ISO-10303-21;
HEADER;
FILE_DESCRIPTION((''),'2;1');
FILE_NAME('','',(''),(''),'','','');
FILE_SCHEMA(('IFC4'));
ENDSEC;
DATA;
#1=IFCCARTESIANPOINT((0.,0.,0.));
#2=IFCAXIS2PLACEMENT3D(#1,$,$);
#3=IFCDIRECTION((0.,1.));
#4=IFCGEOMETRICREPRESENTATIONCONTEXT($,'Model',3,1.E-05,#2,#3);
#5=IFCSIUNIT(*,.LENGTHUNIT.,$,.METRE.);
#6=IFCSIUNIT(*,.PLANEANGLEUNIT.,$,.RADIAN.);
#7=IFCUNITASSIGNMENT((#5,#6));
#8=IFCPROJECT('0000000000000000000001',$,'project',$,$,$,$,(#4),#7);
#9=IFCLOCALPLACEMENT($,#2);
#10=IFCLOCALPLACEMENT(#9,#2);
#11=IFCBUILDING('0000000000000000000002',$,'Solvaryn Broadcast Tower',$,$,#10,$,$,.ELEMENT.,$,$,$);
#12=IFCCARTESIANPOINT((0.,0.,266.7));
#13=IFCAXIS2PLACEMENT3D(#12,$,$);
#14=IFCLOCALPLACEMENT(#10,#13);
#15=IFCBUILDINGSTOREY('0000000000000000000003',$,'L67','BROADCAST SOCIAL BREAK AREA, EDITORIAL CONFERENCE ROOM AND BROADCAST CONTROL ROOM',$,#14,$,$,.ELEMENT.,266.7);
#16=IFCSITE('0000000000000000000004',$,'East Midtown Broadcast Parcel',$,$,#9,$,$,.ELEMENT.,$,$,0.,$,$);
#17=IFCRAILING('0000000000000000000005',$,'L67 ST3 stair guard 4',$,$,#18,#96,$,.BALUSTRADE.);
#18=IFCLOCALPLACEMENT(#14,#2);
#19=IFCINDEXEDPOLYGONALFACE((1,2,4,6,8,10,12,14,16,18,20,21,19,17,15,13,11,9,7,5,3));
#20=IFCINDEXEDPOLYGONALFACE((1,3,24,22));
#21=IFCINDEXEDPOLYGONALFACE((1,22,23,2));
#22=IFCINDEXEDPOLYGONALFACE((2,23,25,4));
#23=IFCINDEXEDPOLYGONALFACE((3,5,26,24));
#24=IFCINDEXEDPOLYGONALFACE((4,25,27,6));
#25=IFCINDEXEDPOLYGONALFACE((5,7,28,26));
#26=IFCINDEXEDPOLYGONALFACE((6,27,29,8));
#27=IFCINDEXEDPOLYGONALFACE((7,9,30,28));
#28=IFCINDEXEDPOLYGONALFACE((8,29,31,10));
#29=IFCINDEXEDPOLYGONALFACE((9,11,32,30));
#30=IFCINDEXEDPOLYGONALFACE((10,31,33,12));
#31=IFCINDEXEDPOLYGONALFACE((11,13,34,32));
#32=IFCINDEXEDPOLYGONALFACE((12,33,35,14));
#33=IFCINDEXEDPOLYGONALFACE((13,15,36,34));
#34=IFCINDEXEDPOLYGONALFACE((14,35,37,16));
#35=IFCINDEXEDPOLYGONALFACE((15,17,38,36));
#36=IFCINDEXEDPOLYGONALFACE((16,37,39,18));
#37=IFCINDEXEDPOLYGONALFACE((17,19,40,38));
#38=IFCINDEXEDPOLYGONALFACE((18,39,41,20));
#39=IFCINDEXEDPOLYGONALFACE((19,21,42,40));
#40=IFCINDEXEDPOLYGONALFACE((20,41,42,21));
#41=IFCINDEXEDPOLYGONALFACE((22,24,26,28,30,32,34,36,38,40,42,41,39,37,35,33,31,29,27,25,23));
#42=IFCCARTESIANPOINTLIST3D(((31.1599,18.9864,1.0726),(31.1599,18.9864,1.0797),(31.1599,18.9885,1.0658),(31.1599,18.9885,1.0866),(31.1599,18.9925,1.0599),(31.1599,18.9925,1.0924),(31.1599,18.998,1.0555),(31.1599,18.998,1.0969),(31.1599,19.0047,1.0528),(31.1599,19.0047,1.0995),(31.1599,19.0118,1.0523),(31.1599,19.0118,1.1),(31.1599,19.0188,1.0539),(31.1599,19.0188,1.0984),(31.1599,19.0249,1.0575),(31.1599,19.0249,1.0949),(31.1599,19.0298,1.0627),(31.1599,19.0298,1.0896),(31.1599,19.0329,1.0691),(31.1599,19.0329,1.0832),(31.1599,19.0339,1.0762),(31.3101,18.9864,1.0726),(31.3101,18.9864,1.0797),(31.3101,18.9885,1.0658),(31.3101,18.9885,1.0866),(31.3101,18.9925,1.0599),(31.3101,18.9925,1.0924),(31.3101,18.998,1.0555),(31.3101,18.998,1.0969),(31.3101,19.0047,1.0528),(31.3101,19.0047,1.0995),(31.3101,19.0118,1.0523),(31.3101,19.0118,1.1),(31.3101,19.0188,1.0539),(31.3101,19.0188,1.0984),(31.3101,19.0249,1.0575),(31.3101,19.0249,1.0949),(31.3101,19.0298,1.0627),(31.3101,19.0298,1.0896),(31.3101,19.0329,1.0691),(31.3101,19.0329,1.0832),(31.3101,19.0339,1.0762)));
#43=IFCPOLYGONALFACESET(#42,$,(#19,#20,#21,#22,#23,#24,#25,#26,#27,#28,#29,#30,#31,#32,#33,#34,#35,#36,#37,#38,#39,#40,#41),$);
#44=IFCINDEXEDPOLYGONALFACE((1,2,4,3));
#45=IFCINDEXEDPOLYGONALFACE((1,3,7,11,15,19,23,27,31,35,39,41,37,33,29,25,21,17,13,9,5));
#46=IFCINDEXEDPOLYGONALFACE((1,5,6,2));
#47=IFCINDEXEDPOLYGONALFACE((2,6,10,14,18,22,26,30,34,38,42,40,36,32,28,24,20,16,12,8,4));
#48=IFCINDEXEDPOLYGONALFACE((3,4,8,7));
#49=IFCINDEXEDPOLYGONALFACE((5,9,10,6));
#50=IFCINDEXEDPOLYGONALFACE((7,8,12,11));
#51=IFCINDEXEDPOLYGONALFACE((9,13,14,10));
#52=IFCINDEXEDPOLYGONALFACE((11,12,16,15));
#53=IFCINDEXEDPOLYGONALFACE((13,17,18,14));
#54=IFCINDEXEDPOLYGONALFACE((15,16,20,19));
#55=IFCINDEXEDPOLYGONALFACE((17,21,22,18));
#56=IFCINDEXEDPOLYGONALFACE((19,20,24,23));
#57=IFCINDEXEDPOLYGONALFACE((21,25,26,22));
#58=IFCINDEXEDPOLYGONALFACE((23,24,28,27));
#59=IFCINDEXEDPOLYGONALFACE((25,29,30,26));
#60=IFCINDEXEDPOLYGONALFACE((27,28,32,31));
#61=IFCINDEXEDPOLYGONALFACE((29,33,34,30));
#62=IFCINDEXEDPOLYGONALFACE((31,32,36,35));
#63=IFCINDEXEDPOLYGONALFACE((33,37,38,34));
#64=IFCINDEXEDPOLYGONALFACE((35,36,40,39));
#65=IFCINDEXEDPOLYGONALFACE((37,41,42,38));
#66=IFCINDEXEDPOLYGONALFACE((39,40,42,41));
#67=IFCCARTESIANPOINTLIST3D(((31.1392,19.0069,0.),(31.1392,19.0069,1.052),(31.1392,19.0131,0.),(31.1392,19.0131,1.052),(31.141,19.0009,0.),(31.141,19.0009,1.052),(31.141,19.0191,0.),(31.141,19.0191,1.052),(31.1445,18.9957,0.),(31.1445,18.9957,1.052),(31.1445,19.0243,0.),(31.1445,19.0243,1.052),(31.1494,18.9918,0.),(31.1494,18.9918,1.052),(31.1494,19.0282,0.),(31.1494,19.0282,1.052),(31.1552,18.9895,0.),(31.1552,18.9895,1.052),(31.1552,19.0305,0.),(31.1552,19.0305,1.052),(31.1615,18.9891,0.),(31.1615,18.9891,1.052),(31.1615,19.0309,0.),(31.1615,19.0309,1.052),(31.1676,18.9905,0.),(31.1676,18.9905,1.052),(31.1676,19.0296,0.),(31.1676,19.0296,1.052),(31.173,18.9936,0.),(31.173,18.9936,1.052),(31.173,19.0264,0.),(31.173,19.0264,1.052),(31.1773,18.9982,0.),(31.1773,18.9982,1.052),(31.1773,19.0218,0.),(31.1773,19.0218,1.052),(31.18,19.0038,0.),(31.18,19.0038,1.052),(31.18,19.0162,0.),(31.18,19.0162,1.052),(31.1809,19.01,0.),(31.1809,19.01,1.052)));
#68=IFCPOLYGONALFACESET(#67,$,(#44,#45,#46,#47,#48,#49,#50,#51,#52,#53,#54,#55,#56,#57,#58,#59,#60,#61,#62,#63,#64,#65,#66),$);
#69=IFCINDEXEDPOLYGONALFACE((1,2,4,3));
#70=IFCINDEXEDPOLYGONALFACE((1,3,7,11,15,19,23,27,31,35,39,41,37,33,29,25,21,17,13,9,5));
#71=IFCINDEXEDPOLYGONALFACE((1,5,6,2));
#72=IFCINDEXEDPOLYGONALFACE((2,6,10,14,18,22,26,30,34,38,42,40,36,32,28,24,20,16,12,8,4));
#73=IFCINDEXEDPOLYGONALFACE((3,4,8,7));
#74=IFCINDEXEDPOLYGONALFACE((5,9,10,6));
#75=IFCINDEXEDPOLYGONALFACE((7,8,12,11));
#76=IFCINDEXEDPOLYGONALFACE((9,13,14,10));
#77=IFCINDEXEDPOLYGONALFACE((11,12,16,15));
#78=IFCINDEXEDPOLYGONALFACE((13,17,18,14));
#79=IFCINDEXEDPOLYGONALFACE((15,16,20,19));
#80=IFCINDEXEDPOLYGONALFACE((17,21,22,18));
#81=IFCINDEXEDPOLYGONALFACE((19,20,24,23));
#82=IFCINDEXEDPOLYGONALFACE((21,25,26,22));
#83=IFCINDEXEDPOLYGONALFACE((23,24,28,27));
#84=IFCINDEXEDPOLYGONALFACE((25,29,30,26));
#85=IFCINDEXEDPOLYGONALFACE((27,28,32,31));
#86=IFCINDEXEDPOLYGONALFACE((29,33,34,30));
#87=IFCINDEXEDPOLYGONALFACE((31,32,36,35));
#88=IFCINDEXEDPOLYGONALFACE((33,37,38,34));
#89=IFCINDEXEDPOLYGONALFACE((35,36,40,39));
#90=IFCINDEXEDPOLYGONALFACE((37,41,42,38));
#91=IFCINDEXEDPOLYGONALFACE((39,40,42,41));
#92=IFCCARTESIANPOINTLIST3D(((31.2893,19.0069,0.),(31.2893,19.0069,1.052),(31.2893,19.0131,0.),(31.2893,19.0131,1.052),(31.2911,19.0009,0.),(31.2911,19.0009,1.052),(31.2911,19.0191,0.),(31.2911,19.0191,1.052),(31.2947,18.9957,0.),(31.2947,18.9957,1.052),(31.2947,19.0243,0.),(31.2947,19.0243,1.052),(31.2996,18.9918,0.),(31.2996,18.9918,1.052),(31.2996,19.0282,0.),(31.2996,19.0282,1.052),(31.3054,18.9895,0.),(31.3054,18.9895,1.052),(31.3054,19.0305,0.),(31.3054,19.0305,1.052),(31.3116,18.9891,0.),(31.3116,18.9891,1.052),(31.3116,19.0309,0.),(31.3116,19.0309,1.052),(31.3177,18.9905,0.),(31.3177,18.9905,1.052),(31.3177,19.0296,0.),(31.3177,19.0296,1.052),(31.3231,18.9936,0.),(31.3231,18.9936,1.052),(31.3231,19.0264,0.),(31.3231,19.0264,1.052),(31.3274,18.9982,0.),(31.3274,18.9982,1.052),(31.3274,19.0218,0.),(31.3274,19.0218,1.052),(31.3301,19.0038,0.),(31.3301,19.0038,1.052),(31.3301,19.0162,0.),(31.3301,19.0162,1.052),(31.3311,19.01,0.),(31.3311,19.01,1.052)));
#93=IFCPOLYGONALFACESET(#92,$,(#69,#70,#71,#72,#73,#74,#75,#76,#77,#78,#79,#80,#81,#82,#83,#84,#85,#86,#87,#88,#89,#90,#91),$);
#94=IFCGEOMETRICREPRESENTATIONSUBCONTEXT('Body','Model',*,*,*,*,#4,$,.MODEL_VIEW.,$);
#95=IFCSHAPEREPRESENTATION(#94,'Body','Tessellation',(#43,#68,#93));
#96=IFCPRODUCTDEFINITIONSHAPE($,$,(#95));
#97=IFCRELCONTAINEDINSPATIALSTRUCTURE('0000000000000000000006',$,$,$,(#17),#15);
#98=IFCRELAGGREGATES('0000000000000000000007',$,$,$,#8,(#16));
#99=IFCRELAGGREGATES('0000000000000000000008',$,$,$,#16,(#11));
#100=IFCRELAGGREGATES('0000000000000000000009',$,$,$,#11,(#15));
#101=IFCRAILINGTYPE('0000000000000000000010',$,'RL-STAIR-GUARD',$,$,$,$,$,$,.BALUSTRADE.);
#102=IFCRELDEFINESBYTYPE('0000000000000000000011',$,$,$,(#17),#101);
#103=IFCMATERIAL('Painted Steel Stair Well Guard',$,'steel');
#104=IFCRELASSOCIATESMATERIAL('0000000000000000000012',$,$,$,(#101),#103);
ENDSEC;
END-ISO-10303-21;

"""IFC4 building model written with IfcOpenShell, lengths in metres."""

from ifc_helpers import new_model, si_unit, direction, frame, origin, origin_2d, place, context, subcontext, project, spatial, circle, extrude, material, type_object, element, save


model = new_model("IFC4")

# Units and contexts
model_context = context("Model", 3, precision=1e-05, world=origin(), true_north=direction((0.0, 1.0)))
body_context = subcontext(model_context, "Body", "Model", "MODEL_VIEW")
ifc_project = project(units=[si_unit("LENGTHUNIT", "METRE"), si_unit("PLANEANGLEUNIT", "RADIAN")], contexts=[model_context])

# Site, building, storey
site_placement = place(None, origin())
site = spatial("IfcSite", under=ifc_project, at=site_placement, Name="East Midtown Broadcast Parcel", CompositionType="ELEMENT", RefElevation=0.0)
building_placement = place(site_placement, origin())
building = spatial("IfcBuilding", under=site, at=building_placement, Name="Solvaryn Broadcast Tower", CompositionType="ELEMENT")
storey_placement = place(building_placement, frame((0.0, 0.0, 266.7)))
storey = spatial("IfcBuildingStorey", under=building, at=storey_placement, Name="L67", Description="BROADCAST SOCIAL BREAK AREA, EDITORIAL CONFERENCE ROOM AND BROADCAST CONTROL ROOM", CompositionType="ELEMENT", Elevation=266.7)

# Railing
ifc_material_1 = material(Name="Painted Steel Stair Well Guard", Category="steel")
railing_type_1 = type_object("IfcRailingType", Name="RL-STAIR-GUARD", PredefinedType="BALUSTRADE", material=ifc_material_1)
railing_1_placement = place(storey_placement, frame((31.1599, 19.01, 0.0)))
element("IfcRailing", 1, at=railing_1_placement, inside=storey, type_object=railing_type_1, Name="L67 ST3 stair guard 4", PredefinedType="BALUSTRADE", context=body_context, shape_type="SweptSolid", body=[
    extrude(circle(Radius=0.0239, at=origin_2d()), frame((0.0, 0.0, 1.0762), z_axis=(1.0, 0.0, 0.0), x_axis=(0.0, 1.0, 0.0)), (0.0, 0.0, 1.0), 0.1501),
    extrude(circle(Radius=0.021, at=origin_2d()), origin(), (0.0, 0.0, 1.0), 1.052),
    extrude(circle(Radius=0.021, at=origin_2d()), frame((0.1501, 0.0, 0.0)), (0.0, 0.0, 1.0), 1.052),
])

save(model, "model.ifc")
